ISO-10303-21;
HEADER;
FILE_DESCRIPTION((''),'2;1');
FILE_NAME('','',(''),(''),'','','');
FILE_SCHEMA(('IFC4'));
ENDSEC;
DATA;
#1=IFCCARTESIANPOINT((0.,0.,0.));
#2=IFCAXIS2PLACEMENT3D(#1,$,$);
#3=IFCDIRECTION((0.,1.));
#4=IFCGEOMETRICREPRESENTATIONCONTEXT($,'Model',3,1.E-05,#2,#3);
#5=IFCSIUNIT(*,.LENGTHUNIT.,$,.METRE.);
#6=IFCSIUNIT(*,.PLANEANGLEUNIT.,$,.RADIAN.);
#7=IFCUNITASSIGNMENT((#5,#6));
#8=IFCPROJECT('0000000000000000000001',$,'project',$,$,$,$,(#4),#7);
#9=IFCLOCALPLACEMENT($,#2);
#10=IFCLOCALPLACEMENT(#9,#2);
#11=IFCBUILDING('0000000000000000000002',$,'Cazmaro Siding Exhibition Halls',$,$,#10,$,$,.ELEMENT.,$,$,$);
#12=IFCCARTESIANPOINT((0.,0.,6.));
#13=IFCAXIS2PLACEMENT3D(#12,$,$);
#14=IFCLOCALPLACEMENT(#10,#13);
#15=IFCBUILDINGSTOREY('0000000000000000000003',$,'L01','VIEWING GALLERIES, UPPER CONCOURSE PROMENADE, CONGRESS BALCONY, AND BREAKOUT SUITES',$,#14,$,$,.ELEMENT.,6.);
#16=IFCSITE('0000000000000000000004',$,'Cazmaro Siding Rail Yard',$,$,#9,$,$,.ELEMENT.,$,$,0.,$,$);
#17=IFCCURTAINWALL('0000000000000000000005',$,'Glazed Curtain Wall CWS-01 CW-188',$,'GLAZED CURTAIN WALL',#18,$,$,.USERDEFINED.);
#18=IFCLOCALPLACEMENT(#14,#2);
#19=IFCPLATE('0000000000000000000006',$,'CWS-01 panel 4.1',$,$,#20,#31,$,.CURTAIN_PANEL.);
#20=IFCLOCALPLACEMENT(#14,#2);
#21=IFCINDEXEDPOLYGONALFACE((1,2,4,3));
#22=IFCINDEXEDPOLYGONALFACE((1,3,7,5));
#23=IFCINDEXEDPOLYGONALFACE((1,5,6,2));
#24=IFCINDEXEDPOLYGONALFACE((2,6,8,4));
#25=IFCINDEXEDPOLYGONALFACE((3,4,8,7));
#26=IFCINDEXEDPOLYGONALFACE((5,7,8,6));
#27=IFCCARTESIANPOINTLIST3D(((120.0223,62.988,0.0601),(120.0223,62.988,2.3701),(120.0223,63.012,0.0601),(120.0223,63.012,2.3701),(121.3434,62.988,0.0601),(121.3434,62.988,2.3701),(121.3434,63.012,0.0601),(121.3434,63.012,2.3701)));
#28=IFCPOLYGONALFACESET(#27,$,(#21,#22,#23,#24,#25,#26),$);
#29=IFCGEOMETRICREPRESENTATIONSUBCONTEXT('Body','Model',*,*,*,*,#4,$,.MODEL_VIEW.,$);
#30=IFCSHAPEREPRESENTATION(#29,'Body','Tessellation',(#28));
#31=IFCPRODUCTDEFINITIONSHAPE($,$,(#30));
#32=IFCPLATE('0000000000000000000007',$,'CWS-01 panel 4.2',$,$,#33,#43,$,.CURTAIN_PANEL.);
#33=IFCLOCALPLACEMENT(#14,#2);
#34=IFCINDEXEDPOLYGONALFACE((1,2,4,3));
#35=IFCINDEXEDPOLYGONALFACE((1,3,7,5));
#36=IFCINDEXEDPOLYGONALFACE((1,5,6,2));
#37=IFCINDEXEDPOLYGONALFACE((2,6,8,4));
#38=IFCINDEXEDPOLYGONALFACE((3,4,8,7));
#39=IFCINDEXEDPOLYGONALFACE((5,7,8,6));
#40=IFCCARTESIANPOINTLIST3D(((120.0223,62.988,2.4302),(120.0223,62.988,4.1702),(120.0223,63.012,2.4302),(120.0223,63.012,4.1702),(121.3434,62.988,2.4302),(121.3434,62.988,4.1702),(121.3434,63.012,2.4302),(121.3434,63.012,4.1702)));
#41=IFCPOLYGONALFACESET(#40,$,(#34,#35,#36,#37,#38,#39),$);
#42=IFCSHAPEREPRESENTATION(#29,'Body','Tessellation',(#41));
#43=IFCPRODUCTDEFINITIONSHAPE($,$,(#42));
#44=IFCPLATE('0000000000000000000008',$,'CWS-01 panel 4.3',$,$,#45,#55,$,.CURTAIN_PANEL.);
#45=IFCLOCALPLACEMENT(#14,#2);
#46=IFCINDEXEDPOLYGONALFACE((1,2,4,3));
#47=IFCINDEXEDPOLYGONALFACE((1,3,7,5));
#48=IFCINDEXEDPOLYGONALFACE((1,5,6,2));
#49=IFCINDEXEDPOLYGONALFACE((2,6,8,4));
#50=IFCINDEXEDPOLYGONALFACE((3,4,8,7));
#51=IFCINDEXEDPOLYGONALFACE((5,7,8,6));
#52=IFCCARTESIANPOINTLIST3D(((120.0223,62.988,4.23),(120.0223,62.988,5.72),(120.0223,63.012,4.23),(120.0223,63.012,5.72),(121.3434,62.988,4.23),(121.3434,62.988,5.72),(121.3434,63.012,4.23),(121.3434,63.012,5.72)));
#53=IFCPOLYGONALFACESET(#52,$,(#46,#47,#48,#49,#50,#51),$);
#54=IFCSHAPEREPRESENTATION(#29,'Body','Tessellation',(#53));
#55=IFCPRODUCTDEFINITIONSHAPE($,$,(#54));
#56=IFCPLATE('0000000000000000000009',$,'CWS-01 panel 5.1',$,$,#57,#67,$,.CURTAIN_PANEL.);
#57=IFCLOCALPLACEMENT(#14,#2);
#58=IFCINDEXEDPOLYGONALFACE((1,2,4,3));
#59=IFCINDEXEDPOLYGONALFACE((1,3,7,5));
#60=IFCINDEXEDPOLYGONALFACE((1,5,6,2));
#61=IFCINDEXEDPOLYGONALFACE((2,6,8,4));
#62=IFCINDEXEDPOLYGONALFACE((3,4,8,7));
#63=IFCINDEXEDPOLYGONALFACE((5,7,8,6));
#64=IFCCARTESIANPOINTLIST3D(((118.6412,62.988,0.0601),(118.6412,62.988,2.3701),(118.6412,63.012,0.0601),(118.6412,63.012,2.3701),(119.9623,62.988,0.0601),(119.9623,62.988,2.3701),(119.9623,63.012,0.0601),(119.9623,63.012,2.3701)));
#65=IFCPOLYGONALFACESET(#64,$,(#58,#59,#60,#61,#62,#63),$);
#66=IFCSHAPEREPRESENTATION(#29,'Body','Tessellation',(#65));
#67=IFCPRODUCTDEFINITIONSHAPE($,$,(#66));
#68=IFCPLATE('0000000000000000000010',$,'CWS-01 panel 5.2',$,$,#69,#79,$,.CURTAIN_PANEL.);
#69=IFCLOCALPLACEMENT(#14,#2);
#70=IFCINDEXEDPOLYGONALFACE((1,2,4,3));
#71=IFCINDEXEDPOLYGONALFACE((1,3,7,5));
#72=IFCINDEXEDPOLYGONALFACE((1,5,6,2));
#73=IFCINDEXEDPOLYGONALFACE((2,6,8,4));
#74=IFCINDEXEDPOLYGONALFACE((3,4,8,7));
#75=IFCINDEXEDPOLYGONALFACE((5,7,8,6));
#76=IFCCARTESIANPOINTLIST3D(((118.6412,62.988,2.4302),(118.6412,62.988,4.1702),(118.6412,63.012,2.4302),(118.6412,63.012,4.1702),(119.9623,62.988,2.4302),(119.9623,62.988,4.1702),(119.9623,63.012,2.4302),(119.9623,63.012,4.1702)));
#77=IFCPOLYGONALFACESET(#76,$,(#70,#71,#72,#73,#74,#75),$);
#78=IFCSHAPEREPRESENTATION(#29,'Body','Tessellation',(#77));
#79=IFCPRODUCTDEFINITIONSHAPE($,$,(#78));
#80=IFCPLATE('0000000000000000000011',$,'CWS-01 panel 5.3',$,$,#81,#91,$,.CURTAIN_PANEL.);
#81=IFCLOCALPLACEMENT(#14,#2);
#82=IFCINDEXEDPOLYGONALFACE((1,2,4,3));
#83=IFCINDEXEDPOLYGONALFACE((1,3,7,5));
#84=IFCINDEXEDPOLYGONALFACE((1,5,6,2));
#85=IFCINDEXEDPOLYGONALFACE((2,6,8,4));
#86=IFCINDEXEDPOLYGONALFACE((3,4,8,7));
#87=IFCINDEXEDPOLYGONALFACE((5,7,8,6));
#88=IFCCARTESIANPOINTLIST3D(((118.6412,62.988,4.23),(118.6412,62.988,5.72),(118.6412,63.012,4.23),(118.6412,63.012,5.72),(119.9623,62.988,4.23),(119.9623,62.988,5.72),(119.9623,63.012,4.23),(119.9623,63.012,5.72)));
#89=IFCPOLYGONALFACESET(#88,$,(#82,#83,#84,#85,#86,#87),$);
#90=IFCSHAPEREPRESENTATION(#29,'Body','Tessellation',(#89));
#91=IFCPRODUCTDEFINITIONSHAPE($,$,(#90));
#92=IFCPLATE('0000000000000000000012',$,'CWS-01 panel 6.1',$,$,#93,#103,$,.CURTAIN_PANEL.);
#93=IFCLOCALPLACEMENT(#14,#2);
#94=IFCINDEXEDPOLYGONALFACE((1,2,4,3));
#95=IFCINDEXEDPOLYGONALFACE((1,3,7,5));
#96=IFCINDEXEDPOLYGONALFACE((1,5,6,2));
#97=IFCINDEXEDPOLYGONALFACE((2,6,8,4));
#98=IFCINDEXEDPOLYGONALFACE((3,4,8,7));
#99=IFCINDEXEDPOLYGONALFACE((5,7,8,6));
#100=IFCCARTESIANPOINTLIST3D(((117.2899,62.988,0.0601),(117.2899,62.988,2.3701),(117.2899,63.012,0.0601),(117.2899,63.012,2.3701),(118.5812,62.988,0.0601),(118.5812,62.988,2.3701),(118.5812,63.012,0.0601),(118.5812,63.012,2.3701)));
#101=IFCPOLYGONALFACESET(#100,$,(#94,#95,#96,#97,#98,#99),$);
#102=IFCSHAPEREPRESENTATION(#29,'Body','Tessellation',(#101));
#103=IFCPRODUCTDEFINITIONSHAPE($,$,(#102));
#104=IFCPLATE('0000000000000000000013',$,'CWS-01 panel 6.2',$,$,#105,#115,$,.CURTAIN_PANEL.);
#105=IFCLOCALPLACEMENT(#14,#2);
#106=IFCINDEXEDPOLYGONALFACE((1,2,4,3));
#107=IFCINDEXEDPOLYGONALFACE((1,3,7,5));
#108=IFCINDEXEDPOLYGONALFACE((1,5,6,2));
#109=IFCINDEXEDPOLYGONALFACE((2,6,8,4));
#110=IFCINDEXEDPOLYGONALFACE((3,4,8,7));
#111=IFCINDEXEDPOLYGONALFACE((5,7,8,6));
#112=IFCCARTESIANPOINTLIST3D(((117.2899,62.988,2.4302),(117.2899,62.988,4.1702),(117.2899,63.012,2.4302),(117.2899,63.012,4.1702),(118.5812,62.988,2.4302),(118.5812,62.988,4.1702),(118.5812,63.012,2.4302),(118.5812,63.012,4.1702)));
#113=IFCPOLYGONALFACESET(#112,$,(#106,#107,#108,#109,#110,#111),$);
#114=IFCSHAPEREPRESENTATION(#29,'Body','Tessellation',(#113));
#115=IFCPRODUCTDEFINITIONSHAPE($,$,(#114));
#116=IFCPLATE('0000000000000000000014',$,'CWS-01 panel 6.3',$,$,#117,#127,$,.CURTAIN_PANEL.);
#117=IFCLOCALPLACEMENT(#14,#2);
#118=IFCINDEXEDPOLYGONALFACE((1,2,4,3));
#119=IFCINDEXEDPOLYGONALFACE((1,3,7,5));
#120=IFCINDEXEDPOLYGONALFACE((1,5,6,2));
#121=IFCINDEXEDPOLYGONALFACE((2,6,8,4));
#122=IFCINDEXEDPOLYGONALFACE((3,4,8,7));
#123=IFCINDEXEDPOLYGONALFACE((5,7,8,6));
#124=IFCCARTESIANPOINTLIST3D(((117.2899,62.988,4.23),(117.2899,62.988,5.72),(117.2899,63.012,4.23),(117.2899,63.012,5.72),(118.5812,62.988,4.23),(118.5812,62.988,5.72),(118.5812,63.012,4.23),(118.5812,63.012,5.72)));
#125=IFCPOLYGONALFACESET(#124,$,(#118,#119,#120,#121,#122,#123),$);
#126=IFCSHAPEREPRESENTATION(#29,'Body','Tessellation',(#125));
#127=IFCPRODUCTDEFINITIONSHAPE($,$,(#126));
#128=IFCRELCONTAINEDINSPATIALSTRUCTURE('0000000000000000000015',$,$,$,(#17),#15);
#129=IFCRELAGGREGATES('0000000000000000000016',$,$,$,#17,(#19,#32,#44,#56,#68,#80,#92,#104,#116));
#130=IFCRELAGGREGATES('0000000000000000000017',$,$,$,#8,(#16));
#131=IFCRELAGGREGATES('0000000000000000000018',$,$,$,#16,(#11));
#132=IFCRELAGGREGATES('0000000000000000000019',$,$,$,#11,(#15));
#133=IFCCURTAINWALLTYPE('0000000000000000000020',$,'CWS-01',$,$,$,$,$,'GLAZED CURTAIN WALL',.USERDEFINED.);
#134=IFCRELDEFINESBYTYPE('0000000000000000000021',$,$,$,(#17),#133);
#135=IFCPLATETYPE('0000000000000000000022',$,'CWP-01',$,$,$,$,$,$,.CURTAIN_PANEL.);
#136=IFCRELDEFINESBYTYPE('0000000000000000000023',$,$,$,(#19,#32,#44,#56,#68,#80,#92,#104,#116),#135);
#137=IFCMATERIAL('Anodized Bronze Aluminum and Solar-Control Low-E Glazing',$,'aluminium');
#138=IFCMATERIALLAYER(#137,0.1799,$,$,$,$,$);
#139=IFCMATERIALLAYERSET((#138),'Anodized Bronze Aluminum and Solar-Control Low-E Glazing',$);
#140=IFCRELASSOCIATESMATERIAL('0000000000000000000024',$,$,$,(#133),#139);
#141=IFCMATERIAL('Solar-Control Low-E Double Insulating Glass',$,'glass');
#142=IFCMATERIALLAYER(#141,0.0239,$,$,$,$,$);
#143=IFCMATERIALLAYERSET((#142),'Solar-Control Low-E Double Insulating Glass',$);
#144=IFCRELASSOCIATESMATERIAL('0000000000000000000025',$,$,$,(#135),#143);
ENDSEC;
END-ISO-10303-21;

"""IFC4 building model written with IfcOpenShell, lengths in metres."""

from ifc_helpers import new_model, si_unit, direction, frame, origin, origin_2d, place, context, subcontext, project, spatial, rectangle, extrude, material, layer, layer_set, type_object, element, aggregate, save


model = new_model("IFC4")

# Units and contexts
model_context = context("Model", 3, precision=1e-05, world=origin(), true_north=direction((0.0, 1.0)))
body_context = subcontext(model_context, "Body", "Model", "MODEL_VIEW")
ifc_project = project(units=[si_unit("LENGTHUNIT", "METRE"), si_unit("PLANEANGLEUNIT", "RADIAN")], contexts=[model_context])

# Site, building, storey
site_placement = place(None, origin())
site = spatial("IfcSite", under=ifc_project, at=site_placement, Name="Cazmaro Siding Rail Yard", CompositionType="ELEMENT", RefElevation=0.0)
building_placement = place(site_placement, origin())
building = spatial("IfcBuilding", under=site, at=building_placement, Name="Cazmaro Siding Exhibition Halls", CompositionType="ELEMENT")
storey_placement = place(building_placement, frame((0.0, 0.0, 6.0)))
storey = spatial("IfcBuildingStorey", under=building, at=storey_placement, Name="L01", Description="VIEWING GALLERIES, UPPER CONCOURSE PROMENADE, CONGRESS BALCONY, AND BREAKOUT SUITES", CompositionType="ELEMENT", Elevation=6.0)

# Curtain wall
ifc_material_1 = material(Name="Anodized Bronze Aluminum and Solar-Control Low-E Glazing", Category="aluminium")
ifc_layer_1 = layer(ifc_material_1, 0.1799)
ifc_layer_set_1 = layer_set([ifc_layer_1], Name="Anodized Bronze Aluminum and Solar-Control Low-E Glazing")
curtain_wall_type = type_object("IfcCurtainWallType", Name="CWS-01", ElementType="GLAZED CURTAIN WALL", PredefinedType="USERDEFINED", material=ifc_layer_set_1)
curtain_wall_placement = place(storey_placement, origin())
curtain_wall = element("IfcCurtainWall", 1, at=curtain_wall_placement, inside=storey, type_object=curtain_wall_type, Name="Glazed Curtain Wall CWS-01 CW-188", ObjectType="GLAZED CURTAIN WALL", PredefinedType="USERDEFINED")

# Plates
ifc_material_2 = material(Name="Solar-Control Low-E Double Insulating Glass", Category="glass")
ifc_layer_2 = layer(ifc_material_2, 0.0239)
ifc_layer_set_2 = layer_set([ifc_layer_2], Name="Solar-Control Low-E Double Insulating Glass")
plate_type = type_object("IfcPlateType", Name="CWP-01", PredefinedType="CURTAIN_PANEL", material=ifc_layer_set_2)
plate_1_placement = place(storey_placement, frame((120.6829, 63.0, 0.0601), z_axis=(0.0, 0.0, 1.0), x_axis=(-1.0, 0.0, 0.0)))
plate_1 = element("IfcPlate", 2, at=plate_1_placement, type_object=plate_type, Name="CWS-01 panel 4.1", PredefinedType="CURTAIN_PANEL", context=body_context, shape_type="SweptSolid", body=[
    extrude(rectangle(XDim=1.321, YDim=0.0239, at=origin_2d()), origin(), (0.0, 0.0, 1.0), 2.3101),
])
plate_2_placement = place(storey_placement, frame((120.6829, 63.0, 2.4302), z_axis=(0.0, 0.0, 1.0), x_axis=(-1.0, 0.0, 0.0)))
plate_2 = element("IfcPlate", 3, at=plate_2_placement, type_object=plate_type, Name="CWS-01 panel 4.2", PredefinedType="CURTAIN_PANEL", context=body_context, shape_type="SweptSolid", body=[
    extrude(rectangle(XDim=1.321, YDim=0.0239, at=origin_2d()), origin(), (0.0, 0.0, 1.0), 1.74),
])
plate_3_placement = place(storey_placement, frame((120.6829, 63.0, 4.23), z_axis=(0.0, 0.0, 1.0), x_axis=(-1.0, 0.0, 0.0)))
plate_3 = element("IfcPlate", 4, at=plate_3_placement, type_object=plate_type, Name="CWS-01 panel 4.3", PredefinedType="CURTAIN_PANEL", context=body_context, shape_type="SweptSolid", body=[
    extrude(rectangle(XDim=1.321, YDim=0.0239, at=origin_2d()), origin(), (0.0, 0.0, 1.0), 1.49),
])
plate_4_placement = place(storey_placement, frame((119.3018, 63.0, 0.0601), z_axis=(0.0, 0.0, 1.0), x_axis=(-1.0, 0.0, 0.0)))
plate_4 = element("IfcPlate", 5, at=plate_4_placement, type_object=plate_type, Name="CWS-01 panel 5.1", PredefinedType="CURTAIN_PANEL", context=body_context, shape_type="SweptSolid", body=[
    extrude(rectangle(XDim=1.321, YDim=0.0239, at=origin_2d()), origin(), (0.0, 0.0, 1.0), 2.3101),
])
plate_5_placement = place(storey_placement, frame((119.3018, 63.0, 2.4302), z_axis=(0.0, 0.0, 1.0), x_axis=(-1.0, 0.0, 0.0)))
plate_5 = element("IfcPlate", 6, at=plate_5_placement, type_object=plate_type, Name="CWS-01 panel 5.2", PredefinedType="CURTAIN_PANEL", context=body_context, shape_type="SweptSolid", body=[
    extrude(rectangle(XDim=1.321, YDim=0.0239, at=origin_2d()), origin(), (0.0, 0.0, 1.0), 1.74),
])
plate_6_placement = place(storey_placement, frame((119.3018, 63.0, 4.23), z_axis=(0.0, 0.0, 1.0), x_axis=(-1.0, 0.0, 0.0)))
plate_6 = element("IfcPlate", 7, at=plate_6_placement, type_object=plate_type, Name="CWS-01 panel 5.3", PredefinedType="CURTAIN_PANEL", context=body_context, shape_type="SweptSolid", body=[
    extrude(rectangle(XDim=1.321, YDim=0.0239, at=origin_2d()), origin(), (0.0, 0.0, 1.0), 1.49),
])
plate_7_placement = place(storey_placement, frame((117.9355, 63.0, 0.0601), z_axis=(0.0, 0.0, 1.0), x_axis=(-1.0, 0.0, 0.0)))
plate_7 = element("IfcPlate", 8, at=plate_7_placement, type_object=plate_type, Name="CWS-01 panel 6.1", PredefinedType="CURTAIN_PANEL", context=body_context, shape_type="SweptSolid", body=[
    extrude(rectangle(XDim=1.2913, YDim=0.0239, at=origin_2d()), origin(), (0.0, 0.0, 1.0), 2.3101),
])
plate_8_placement = place(storey_placement, frame((117.9355, 63.0, 2.4302), z_axis=(0.0, 0.0, 1.0), x_axis=(-1.0, 0.0, 0.0)))
plate_8 = element("IfcPlate", 9, at=plate_8_placement, type_object=plate_type, Name="CWS-01 panel 6.2", PredefinedType="CURTAIN_PANEL", context=body_context, shape_type="SweptSolid", body=[
    extrude(rectangle(XDim=1.2913, YDim=0.0239, at=origin_2d()), origin(), (0.0, 0.0, 1.0), 1.74),
])
plate_9_placement = place(storey_placement, frame((117.9355, 63.0, 4.23), z_axis=(0.0, 0.0, 1.0), x_axis=(-1.0, 0.0, 0.0)))
plate_9 = element("IfcPlate", 10, at=plate_9_placement, type_object=plate_type, Name="CWS-01 panel 6.3", PredefinedType="CURTAIN_PANEL", context=body_context, shape_type="SweptSolid", body=[
    extrude(rectangle(XDim=1.2913, YDim=0.0239, at=origin_2d()), origin(), (0.0, 0.0, 1.0), 1.49),
])
aggregate(curtain_wall, [plate_1, plate_2, plate_3, plate_4, plate_5, plate_6, plate_7, plate_8, plate_9])

save(model, "model.ifc")
